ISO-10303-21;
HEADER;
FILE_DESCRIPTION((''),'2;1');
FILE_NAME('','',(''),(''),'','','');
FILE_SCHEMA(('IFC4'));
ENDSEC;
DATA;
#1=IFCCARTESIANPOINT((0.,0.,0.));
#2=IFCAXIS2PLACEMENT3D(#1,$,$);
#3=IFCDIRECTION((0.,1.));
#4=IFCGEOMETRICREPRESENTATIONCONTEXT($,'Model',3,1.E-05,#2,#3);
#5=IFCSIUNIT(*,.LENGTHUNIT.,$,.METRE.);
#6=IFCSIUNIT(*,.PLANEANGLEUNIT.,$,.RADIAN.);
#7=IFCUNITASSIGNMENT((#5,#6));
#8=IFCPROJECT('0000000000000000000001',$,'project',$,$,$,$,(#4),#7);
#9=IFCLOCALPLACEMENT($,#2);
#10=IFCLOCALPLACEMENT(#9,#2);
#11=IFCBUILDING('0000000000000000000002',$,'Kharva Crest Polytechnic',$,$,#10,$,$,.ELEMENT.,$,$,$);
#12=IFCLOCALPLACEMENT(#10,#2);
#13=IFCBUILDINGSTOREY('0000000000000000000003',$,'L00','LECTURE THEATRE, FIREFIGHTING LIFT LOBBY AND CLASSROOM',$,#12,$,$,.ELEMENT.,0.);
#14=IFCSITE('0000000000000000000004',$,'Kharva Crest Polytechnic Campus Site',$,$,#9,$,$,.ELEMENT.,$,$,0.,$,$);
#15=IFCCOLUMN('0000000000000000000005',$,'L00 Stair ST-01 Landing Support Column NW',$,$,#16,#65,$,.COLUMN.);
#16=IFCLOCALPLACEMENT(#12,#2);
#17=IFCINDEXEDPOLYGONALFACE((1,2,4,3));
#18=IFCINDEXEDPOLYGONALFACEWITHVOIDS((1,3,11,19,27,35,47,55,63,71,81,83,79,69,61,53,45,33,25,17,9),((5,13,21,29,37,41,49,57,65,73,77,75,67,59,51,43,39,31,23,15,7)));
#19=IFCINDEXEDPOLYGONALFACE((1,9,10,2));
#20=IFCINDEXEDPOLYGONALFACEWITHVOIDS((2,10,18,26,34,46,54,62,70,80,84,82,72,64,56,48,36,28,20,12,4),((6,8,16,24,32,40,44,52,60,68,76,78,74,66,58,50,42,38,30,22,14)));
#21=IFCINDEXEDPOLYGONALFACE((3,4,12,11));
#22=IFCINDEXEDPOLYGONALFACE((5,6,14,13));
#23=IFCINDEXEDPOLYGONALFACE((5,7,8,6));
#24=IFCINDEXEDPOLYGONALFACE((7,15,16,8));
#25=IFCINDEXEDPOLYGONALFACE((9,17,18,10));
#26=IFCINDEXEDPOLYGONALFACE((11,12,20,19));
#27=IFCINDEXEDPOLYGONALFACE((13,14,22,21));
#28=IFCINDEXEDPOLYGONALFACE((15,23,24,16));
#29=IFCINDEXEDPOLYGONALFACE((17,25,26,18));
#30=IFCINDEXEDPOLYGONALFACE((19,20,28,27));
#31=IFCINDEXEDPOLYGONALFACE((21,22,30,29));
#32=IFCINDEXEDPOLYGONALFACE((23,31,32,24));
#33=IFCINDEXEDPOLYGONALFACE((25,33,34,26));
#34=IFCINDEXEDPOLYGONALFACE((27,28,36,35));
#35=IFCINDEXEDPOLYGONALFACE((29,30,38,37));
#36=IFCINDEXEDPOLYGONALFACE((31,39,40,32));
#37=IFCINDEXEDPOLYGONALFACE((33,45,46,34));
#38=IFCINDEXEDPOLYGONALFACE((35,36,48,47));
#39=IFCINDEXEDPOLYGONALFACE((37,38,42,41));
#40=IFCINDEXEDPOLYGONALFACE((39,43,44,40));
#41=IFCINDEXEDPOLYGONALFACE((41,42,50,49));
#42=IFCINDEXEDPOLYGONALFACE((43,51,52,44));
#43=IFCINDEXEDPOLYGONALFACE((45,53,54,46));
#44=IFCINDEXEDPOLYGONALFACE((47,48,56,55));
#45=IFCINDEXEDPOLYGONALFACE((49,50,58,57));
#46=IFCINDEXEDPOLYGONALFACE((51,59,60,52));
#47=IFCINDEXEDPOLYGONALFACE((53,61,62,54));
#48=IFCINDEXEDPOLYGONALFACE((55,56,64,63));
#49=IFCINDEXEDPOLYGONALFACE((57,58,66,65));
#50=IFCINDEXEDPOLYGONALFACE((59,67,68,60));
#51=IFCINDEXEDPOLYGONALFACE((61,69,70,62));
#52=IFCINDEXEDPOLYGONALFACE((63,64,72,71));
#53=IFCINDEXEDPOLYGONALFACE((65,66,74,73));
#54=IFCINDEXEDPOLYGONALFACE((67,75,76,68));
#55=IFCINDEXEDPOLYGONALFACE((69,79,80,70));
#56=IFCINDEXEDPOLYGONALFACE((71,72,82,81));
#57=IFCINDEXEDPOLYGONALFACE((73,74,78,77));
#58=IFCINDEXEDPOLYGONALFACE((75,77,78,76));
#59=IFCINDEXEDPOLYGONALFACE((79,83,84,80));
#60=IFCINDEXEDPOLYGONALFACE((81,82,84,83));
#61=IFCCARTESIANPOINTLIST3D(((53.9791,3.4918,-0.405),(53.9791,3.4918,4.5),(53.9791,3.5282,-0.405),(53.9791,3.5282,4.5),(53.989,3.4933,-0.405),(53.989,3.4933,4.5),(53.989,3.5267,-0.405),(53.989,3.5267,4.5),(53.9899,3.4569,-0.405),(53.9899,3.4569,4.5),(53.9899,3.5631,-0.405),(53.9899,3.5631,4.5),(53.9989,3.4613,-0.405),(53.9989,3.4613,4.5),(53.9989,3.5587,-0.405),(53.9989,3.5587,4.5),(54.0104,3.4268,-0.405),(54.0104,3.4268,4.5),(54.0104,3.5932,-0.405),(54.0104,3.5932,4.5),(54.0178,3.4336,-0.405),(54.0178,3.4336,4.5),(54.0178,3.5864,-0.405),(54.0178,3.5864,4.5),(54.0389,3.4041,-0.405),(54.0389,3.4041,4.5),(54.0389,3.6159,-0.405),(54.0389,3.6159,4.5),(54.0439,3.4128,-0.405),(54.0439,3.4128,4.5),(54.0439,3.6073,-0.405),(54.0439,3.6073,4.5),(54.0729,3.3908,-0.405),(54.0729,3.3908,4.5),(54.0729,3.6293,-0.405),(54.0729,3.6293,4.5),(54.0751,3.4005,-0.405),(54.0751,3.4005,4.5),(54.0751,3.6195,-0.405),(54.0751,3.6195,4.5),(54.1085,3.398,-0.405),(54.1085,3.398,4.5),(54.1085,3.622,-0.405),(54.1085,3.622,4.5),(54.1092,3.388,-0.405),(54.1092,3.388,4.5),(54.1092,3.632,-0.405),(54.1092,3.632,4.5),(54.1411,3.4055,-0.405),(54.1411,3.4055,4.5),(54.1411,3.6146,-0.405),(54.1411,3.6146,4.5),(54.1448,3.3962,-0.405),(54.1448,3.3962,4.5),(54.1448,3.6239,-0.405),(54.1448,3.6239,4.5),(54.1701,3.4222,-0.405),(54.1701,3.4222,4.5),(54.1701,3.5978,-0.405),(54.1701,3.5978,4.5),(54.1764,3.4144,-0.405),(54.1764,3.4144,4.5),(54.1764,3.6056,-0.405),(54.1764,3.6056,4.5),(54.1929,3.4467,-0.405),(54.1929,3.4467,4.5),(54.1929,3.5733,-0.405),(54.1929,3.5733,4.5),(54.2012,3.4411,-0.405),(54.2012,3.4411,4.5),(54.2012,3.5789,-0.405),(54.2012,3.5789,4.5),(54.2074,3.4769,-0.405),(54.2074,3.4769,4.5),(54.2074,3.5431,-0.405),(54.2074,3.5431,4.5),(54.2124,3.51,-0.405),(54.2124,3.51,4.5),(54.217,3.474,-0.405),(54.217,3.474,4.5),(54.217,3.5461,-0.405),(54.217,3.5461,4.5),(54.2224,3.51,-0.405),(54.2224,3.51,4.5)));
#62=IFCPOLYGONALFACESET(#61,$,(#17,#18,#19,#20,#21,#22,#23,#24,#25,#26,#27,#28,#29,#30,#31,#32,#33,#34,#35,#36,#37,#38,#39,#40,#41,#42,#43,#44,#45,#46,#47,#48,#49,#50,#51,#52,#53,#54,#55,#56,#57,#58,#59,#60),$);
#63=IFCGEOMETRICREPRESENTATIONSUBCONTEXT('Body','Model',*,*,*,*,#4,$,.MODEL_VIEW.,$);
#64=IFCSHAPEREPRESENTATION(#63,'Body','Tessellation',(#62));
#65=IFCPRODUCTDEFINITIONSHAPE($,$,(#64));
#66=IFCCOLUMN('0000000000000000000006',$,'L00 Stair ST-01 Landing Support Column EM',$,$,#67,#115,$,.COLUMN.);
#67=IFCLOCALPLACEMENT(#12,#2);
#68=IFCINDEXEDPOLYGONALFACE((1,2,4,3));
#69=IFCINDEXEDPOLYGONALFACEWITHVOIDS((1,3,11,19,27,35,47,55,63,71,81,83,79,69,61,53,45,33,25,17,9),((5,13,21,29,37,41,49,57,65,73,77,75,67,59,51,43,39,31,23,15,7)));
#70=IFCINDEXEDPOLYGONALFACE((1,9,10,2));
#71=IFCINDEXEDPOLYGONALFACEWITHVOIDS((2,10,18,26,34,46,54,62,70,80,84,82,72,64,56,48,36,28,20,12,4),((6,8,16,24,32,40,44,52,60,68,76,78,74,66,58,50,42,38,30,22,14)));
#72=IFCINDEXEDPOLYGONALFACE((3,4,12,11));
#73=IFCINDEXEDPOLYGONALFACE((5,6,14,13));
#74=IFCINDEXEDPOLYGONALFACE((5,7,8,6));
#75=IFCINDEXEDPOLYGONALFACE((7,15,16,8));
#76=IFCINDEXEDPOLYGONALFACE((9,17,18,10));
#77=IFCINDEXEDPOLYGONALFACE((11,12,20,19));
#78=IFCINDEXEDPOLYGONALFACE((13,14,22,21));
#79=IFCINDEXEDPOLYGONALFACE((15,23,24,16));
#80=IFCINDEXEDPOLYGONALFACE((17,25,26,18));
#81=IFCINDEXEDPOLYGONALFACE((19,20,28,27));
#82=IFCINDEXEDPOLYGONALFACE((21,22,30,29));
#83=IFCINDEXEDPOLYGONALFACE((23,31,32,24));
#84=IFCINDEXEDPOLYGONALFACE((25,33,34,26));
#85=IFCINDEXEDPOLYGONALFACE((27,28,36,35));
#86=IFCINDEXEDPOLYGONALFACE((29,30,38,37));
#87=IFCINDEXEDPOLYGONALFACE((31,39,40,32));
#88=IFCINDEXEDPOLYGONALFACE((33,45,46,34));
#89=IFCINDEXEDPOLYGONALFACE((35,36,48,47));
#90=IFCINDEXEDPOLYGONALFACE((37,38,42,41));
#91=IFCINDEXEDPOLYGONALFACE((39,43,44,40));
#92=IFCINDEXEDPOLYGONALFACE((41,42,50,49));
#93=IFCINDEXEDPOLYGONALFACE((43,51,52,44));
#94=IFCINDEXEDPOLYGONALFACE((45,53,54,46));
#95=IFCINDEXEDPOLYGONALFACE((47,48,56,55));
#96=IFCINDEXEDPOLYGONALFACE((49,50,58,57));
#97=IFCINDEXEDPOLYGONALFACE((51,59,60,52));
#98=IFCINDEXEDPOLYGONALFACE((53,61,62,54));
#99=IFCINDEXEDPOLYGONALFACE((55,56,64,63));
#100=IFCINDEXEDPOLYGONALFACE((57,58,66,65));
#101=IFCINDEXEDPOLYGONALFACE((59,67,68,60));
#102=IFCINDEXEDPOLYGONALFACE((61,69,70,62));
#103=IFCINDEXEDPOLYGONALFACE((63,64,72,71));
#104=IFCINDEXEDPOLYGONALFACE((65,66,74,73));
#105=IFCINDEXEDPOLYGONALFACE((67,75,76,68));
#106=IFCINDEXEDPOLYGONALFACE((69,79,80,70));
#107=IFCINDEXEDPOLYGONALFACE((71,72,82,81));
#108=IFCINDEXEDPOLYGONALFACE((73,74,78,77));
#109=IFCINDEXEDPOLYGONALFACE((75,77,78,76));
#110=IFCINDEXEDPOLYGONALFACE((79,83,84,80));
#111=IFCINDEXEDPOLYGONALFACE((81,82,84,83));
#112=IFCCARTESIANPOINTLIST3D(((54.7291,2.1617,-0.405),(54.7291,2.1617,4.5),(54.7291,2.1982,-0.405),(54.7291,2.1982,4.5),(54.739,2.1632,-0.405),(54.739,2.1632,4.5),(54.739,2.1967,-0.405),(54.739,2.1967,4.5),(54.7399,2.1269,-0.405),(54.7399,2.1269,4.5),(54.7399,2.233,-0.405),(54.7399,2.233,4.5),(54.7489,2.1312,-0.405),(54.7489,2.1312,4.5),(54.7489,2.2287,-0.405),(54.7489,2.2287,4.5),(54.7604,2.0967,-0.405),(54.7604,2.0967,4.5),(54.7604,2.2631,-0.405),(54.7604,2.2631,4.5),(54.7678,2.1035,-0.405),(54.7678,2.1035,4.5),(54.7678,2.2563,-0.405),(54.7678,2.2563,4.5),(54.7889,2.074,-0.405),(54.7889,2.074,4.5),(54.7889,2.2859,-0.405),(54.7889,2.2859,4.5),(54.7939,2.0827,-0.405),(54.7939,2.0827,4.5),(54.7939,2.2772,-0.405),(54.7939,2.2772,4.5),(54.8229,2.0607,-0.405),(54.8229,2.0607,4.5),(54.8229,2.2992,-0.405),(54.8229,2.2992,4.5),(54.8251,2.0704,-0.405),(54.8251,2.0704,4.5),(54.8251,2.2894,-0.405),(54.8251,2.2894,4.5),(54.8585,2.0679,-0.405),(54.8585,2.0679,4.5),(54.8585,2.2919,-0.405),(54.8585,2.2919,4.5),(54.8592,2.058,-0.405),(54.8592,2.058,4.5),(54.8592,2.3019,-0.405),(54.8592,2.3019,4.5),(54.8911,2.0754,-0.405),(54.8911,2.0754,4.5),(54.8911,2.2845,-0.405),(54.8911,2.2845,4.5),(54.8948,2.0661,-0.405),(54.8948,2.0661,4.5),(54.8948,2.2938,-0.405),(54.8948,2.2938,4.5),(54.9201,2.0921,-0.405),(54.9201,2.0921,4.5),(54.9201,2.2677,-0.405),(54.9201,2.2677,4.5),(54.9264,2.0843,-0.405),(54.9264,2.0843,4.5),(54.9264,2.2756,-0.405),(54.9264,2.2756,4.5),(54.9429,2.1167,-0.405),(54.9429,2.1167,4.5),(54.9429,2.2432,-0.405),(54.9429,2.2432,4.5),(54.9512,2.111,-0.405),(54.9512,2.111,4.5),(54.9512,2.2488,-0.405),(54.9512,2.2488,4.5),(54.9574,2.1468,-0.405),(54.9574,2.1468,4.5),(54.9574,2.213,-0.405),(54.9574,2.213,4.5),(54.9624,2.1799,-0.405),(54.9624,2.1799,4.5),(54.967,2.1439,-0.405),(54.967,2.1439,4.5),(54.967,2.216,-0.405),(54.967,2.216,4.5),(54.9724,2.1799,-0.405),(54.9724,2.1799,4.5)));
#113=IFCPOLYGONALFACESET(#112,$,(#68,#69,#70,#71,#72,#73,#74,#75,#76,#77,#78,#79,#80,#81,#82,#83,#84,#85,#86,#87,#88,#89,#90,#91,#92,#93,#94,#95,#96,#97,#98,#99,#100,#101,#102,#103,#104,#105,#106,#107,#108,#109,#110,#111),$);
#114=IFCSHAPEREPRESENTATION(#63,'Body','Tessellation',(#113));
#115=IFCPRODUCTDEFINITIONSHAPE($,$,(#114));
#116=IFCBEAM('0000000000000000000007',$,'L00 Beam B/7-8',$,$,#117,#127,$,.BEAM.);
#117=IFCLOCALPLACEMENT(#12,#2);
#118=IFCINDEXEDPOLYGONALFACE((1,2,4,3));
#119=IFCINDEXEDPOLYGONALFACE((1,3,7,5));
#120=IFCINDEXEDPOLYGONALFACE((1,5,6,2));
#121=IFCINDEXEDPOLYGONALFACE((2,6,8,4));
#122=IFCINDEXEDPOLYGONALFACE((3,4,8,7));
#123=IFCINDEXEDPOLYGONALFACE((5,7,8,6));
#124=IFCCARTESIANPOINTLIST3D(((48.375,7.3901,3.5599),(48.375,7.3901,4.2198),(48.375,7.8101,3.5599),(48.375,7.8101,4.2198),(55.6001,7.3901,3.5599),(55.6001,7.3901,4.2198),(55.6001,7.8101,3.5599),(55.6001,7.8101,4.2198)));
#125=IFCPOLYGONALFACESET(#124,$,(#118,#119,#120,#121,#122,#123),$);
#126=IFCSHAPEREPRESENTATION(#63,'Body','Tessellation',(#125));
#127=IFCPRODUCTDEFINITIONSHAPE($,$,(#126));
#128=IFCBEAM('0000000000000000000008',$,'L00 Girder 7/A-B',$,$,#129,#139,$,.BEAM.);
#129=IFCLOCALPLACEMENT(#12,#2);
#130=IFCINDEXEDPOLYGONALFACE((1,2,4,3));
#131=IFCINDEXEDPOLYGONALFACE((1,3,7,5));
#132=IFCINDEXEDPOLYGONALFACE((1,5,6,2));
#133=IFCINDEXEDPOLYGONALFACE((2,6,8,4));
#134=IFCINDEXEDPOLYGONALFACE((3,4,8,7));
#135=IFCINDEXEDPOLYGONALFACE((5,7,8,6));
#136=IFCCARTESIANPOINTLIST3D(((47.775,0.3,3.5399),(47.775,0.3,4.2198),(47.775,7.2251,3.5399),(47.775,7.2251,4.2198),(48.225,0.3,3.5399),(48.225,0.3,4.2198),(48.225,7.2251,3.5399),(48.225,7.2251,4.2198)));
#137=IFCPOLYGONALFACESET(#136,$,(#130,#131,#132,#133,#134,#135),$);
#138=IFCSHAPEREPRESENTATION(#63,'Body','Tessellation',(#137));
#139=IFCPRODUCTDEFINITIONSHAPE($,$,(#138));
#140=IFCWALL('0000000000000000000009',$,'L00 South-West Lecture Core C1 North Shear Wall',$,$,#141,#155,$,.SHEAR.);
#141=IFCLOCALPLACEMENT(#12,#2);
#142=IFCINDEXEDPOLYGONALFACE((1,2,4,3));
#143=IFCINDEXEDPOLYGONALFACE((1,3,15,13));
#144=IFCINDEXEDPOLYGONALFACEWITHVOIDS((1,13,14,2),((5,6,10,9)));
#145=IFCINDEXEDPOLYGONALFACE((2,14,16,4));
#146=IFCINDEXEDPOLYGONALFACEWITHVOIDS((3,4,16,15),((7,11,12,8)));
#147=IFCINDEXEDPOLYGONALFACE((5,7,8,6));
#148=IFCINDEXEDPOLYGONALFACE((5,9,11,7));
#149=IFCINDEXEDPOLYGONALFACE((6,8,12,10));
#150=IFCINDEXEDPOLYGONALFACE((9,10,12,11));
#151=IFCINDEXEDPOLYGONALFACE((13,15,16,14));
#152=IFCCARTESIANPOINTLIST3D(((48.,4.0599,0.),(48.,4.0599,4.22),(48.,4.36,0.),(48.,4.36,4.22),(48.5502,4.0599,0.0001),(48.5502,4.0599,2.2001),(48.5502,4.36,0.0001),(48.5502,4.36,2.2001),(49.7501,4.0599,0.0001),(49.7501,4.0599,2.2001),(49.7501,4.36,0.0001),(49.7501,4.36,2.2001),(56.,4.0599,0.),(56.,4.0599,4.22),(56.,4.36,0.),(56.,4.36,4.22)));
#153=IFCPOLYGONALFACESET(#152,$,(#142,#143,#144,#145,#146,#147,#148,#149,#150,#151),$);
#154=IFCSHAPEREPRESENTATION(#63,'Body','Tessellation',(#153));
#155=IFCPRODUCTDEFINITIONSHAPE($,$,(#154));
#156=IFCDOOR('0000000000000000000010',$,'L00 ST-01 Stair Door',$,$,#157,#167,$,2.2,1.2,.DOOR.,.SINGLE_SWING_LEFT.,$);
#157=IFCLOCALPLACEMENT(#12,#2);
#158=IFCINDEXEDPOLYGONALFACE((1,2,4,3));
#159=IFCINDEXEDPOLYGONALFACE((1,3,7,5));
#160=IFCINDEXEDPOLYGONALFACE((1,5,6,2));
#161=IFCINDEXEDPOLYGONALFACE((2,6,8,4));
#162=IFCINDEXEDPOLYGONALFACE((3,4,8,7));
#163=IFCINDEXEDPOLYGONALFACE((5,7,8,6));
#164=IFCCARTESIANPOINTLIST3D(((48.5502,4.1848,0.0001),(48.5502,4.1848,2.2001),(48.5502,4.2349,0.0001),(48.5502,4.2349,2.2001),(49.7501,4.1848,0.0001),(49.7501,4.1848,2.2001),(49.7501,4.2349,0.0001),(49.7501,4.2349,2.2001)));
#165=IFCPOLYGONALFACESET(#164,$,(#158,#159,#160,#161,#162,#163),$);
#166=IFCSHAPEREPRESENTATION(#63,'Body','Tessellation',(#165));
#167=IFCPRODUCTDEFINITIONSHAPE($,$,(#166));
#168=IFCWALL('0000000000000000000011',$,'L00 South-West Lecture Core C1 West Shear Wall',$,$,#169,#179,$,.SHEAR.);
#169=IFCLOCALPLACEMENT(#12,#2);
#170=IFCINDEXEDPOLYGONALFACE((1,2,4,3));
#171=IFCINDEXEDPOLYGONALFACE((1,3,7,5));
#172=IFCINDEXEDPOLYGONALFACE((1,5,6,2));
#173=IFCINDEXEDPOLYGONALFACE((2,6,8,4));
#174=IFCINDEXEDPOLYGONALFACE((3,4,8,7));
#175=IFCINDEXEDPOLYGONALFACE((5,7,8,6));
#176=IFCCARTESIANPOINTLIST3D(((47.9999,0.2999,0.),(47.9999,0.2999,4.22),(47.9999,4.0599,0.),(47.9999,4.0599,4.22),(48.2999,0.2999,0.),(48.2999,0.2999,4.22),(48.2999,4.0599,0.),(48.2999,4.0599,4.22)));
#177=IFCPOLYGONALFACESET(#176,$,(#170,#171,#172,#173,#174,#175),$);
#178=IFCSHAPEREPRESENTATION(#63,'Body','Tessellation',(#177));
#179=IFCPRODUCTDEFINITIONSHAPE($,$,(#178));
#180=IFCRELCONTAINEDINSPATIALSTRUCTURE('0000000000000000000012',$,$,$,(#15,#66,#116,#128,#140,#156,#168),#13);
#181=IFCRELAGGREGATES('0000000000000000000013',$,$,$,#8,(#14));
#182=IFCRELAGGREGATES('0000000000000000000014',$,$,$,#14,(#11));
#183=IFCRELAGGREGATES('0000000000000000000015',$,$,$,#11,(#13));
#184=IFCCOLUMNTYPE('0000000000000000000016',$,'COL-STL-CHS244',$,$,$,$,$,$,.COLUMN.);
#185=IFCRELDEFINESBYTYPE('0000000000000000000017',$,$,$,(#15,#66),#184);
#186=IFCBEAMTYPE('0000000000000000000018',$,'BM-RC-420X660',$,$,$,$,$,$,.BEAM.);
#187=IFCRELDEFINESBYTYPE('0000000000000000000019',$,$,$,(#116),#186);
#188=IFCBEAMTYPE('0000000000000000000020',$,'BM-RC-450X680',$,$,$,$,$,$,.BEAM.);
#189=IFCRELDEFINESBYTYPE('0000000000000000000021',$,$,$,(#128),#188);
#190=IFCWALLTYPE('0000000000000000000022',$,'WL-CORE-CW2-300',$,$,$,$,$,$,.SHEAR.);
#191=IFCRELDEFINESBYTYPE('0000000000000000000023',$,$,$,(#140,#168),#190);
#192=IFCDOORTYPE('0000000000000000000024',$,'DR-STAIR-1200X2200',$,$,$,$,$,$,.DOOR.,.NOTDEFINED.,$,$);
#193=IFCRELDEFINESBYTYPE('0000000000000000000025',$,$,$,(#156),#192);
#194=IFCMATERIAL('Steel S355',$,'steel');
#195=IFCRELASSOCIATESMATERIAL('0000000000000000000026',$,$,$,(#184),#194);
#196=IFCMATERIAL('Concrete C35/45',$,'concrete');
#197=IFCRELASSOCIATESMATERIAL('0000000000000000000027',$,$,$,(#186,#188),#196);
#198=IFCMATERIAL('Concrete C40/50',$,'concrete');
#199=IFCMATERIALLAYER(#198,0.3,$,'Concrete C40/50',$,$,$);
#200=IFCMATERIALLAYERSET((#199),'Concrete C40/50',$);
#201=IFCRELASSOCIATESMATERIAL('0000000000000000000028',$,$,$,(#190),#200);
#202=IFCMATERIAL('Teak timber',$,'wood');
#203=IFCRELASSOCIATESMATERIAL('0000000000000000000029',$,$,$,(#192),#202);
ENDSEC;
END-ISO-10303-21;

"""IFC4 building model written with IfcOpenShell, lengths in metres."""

from ifc_helpers import new_model, si_unit, direction, frame, frame_2d, origin, origin_2d, place, context, subcontext, project, spatial, rectangle, hollow_circle, extrude, material, layer, layer_set, material_profile, profile_set, type_object, element, fill, save


model = new_model("IFC4")

# Units and contexts
model_context = context("Model", 3, precision=1e-05, world=origin(), true_north=direction((0.0, 1.0)))
body_context = subcontext(model_context, "Body", "Model", "MODEL_VIEW")
ifc_project = project(units=[si_unit("LENGTHUNIT", "METRE"), si_unit("PLANEANGLEUNIT", "RADIAN")], contexts=[model_context])

# Site, building, storey
site_placement = place(None, origin())
site = spatial("IfcSite", under=ifc_project, at=site_placement, Name="Kharva Crest Polytechnic Campus Site", CompositionType="ELEMENT", RefElevation=0.0)
building_placement = place(site_placement, origin())
building = spatial("IfcBuilding", under=site, at=building_placement, Name="Kharva Crest Polytechnic", CompositionType="ELEMENT")
storey_placement = place(building_placement, origin())
storey = spatial("IfcBuildingStorey", under=building, at=storey_placement, Name="L00", Description="LECTURE THEATRE, FIREFIGHTING LIFT LOBBY AND CLASSROOM", CompositionType="ELEMENT", Elevation=0.0)

# Shared definitions
ifc_material_1 = material(Name="Concrete C35/45", Category="concrete")

# Columns
ifc_material_2 = material(Name="Concrete C40/50", Category="concrete")
ifc_material_3 = material(Name="Steel S355", Category="steel")
ifc_material_profile_1 = material_profile(ifc_material_3, hollow_circle(Radius=0.1223, WallThickness=0.01, at=origin_2d()), Name="CHS 244.5X10.0")
ifc_profile_set_1 = profile_set([ifc_material_profile_1], Name="Steel S355")
column_type_1 = type_object("IfcColumnType", Name="COL-STL-CHS244", PredefinedType="COLUMN", material=ifc_profile_set_1)
for number, where, z_axis, x_axis, name in (
    (1, (54.1001, 3.51, -0.405), (0.0, 0.0, 1.0), (1.0, 0.0, 0.0), "L00 Stair ST-01 Landing Support Column NW"),
    (2, (54.8501, 2.1799, -0.405), (0.0, 0.0, 1.0), (1.0, 0.0, 0.0), "L00 Stair ST-01 Landing Support Column EM"),
):
    element("IfcColumn", number, at=place(storey_placement, frame(where, z_axis=z_axis, x_axis=x_axis)), inside=storey, type_object=column_type_1, Name=name, PredefinedType="COLUMN", context=body_context, shape_type="SweptSolid", body=[
        extrude(hollow_circle(Radius=0.1223, WallThickness=0.01, at=origin_2d()), origin(), (0.0, 0.0, 1.0), 4.905),
    ])

# Beams
ifc_material_profile_2 = material_profile(ifc_material_1, rectangle(XDim=0.4199, YDim=0.6599, at=origin_2d()), Name="RECT 420 X 660")
ifc_profile_set_2 = profile_set([ifc_material_profile_2], Name="Concrete C35/45")
beam_type_1 = type_object("IfcBeamType", Name="BM-RC-420X660", PredefinedType="BEAM", material=ifc_profile_set_2)
beam_1_placement = place(storey_placement, frame((48.375, 7.6001, 3.8899), z_axis=(1.0, 0.0, 0.0), x_axis=(0.0, 1.0, 0.0)))
element("IfcBeam", 3, at=beam_1_placement, inside=storey, type_object=beam_type_1, Name="L00 Beam B/7-8", PredefinedType="BEAM", context=body_context, shape_type="SweptSolid", body=[
    extrude(rectangle(XDim=0.4199, YDim=0.6599, at=origin_2d()), origin(), (0.0, 0.0, 1.0), 7.2251),
])
ifc_material_profile_3 = material_profile(ifc_material_1, rectangle(XDim=0.45, YDim=0.6799, at=origin_2d()), Name="RECT 450 X 680")
ifc_profile_set_3 = profile_set([ifc_material_profile_3], Name="Concrete C35/45")
beam_type_2 = type_object("IfcBeamType", Name="BM-RC-450X680", PredefinedType="BEAM", material=ifc_profile_set_3)
beam_2_placement = place(storey_placement, frame((48.0, 0.3, 3.8799), z_axis=(0.0, 1.0, 0.0), x_axis=(-1.0, 0.0, 0.0)))
element("IfcBeam", 4, at=beam_2_placement, inside=storey, type_object=beam_type_2, Name="L00 Girder 7/A-B", PredefinedType="BEAM", context=body_context, shape_type="SweptSolid", body=[
    extrude(rectangle(XDim=0.45, YDim=0.6799, at=origin_2d()), origin(), (0.0, 0.0, 1.0), 6.925),
])

# Wall, opening, door
ifc_layer_1 = layer(ifc_material_2, 0.3, Name="Concrete C40/50")
ifc_layer_set_1 = layer_set([ifc_layer_1], Name="Concrete C40/50")
wall_type_1 = type_object("IfcWallType", Name="WL-CORE-CW2-300", PredefinedType="SHEAR", material=ifc_layer_set_1)
wall_1_placement = place(storey_placement, frame((48.0, 4.21, 0.0), z_axis=(0.0, 0.0, 1.0), x_axis=(1.0, 0.0, 0.0)))
wall_1 = element("IfcWall", 5, at=wall_1_placement, inside=storey, type_object=wall_type_1, Name="L00 South-West Lecture Core C1 North Shear Wall", PredefinedType="SHEAR", context=body_context, shape_type="SweptSolid", body=[
    extrude(rectangle(XDim=8.0, YDim=0.3, at=frame_2d((4.0, 0.0))), origin(), (0.0, 0.0, 1.0), 4.22),
])
opening_1_placement = place(wall_1_placement, frame((0.55, 0.0, 0.0)))
opening_1 = element("IfcOpeningElement", 6, at=opening_1_placement, cuts=wall_1, PredefinedType="OPENING", context=body_context, shape_type="SweptSolid", body=[
    extrude(rectangle(XDim=1.2, YDim=2.2, at=frame_2d((0.6001, 1.1001))), frame((0.0, 0.1599, 0.0), z_axis=(0.0, -1.0, 0.0), x_axis=(1.0, 0.0, 0.0)), (0.0, 0.0, 1.0), 0.3201),
])
ifc_material_4 = material(Name="Teak timber", Category="wood")
door_type_1 = type_object("IfcDoorType", Name="DR-STAIR-1200X2200", OperationType="NOTDEFINED", PredefinedType="DOOR", material=ifc_material_4)
door_1_placement = place(opening_1_placement, origin())
door_1 = element("IfcDoor", 7, at=door_1_placement, inside=storey, type_object=door_type_1, Name="L00 ST-01 Stair Door", OperationType="SINGLE_SWING_LEFT", OverallHeight=2.2, OverallWidth=1.2, PredefinedType="DOOR", context=body_context, shape_type="SweptSolid", body=[
    extrude(rectangle(XDim=1.2, YDim=2.2, at=frame_2d((0.6001, 1.1001))), frame((0.0, 0.0249, 0.0), z_axis=(0.0, -1.0, 0.0), x_axis=(1.0, 0.0, 0.0)), (0.0, 0.0, 1.0), 0.05),
])
fill(opening_1, door_1)

# Wall
wall_2_placement = place(storey_placement, frame((48.1499, 0.3, 0.0), z_axis=(0.0, 0.0, 1.0), x_axis=(0.0, 1.0, 0.0)))
element("IfcWall", 8, at=wall_2_placement, inside=storey, type_object=wall_type_1, Name="L00 South-West Lecture Core C1 West Shear Wall", PredefinedType="SHEAR", context=body_context, shape_type="SweptSolid", body=[
    extrude(rectangle(XDim=3.76, YDim=0.3, at=frame_2d((1.8799, 0.0))), origin(), (0.0, 0.0, 1.0), 4.22),
])

save(model, "model.ifc")
